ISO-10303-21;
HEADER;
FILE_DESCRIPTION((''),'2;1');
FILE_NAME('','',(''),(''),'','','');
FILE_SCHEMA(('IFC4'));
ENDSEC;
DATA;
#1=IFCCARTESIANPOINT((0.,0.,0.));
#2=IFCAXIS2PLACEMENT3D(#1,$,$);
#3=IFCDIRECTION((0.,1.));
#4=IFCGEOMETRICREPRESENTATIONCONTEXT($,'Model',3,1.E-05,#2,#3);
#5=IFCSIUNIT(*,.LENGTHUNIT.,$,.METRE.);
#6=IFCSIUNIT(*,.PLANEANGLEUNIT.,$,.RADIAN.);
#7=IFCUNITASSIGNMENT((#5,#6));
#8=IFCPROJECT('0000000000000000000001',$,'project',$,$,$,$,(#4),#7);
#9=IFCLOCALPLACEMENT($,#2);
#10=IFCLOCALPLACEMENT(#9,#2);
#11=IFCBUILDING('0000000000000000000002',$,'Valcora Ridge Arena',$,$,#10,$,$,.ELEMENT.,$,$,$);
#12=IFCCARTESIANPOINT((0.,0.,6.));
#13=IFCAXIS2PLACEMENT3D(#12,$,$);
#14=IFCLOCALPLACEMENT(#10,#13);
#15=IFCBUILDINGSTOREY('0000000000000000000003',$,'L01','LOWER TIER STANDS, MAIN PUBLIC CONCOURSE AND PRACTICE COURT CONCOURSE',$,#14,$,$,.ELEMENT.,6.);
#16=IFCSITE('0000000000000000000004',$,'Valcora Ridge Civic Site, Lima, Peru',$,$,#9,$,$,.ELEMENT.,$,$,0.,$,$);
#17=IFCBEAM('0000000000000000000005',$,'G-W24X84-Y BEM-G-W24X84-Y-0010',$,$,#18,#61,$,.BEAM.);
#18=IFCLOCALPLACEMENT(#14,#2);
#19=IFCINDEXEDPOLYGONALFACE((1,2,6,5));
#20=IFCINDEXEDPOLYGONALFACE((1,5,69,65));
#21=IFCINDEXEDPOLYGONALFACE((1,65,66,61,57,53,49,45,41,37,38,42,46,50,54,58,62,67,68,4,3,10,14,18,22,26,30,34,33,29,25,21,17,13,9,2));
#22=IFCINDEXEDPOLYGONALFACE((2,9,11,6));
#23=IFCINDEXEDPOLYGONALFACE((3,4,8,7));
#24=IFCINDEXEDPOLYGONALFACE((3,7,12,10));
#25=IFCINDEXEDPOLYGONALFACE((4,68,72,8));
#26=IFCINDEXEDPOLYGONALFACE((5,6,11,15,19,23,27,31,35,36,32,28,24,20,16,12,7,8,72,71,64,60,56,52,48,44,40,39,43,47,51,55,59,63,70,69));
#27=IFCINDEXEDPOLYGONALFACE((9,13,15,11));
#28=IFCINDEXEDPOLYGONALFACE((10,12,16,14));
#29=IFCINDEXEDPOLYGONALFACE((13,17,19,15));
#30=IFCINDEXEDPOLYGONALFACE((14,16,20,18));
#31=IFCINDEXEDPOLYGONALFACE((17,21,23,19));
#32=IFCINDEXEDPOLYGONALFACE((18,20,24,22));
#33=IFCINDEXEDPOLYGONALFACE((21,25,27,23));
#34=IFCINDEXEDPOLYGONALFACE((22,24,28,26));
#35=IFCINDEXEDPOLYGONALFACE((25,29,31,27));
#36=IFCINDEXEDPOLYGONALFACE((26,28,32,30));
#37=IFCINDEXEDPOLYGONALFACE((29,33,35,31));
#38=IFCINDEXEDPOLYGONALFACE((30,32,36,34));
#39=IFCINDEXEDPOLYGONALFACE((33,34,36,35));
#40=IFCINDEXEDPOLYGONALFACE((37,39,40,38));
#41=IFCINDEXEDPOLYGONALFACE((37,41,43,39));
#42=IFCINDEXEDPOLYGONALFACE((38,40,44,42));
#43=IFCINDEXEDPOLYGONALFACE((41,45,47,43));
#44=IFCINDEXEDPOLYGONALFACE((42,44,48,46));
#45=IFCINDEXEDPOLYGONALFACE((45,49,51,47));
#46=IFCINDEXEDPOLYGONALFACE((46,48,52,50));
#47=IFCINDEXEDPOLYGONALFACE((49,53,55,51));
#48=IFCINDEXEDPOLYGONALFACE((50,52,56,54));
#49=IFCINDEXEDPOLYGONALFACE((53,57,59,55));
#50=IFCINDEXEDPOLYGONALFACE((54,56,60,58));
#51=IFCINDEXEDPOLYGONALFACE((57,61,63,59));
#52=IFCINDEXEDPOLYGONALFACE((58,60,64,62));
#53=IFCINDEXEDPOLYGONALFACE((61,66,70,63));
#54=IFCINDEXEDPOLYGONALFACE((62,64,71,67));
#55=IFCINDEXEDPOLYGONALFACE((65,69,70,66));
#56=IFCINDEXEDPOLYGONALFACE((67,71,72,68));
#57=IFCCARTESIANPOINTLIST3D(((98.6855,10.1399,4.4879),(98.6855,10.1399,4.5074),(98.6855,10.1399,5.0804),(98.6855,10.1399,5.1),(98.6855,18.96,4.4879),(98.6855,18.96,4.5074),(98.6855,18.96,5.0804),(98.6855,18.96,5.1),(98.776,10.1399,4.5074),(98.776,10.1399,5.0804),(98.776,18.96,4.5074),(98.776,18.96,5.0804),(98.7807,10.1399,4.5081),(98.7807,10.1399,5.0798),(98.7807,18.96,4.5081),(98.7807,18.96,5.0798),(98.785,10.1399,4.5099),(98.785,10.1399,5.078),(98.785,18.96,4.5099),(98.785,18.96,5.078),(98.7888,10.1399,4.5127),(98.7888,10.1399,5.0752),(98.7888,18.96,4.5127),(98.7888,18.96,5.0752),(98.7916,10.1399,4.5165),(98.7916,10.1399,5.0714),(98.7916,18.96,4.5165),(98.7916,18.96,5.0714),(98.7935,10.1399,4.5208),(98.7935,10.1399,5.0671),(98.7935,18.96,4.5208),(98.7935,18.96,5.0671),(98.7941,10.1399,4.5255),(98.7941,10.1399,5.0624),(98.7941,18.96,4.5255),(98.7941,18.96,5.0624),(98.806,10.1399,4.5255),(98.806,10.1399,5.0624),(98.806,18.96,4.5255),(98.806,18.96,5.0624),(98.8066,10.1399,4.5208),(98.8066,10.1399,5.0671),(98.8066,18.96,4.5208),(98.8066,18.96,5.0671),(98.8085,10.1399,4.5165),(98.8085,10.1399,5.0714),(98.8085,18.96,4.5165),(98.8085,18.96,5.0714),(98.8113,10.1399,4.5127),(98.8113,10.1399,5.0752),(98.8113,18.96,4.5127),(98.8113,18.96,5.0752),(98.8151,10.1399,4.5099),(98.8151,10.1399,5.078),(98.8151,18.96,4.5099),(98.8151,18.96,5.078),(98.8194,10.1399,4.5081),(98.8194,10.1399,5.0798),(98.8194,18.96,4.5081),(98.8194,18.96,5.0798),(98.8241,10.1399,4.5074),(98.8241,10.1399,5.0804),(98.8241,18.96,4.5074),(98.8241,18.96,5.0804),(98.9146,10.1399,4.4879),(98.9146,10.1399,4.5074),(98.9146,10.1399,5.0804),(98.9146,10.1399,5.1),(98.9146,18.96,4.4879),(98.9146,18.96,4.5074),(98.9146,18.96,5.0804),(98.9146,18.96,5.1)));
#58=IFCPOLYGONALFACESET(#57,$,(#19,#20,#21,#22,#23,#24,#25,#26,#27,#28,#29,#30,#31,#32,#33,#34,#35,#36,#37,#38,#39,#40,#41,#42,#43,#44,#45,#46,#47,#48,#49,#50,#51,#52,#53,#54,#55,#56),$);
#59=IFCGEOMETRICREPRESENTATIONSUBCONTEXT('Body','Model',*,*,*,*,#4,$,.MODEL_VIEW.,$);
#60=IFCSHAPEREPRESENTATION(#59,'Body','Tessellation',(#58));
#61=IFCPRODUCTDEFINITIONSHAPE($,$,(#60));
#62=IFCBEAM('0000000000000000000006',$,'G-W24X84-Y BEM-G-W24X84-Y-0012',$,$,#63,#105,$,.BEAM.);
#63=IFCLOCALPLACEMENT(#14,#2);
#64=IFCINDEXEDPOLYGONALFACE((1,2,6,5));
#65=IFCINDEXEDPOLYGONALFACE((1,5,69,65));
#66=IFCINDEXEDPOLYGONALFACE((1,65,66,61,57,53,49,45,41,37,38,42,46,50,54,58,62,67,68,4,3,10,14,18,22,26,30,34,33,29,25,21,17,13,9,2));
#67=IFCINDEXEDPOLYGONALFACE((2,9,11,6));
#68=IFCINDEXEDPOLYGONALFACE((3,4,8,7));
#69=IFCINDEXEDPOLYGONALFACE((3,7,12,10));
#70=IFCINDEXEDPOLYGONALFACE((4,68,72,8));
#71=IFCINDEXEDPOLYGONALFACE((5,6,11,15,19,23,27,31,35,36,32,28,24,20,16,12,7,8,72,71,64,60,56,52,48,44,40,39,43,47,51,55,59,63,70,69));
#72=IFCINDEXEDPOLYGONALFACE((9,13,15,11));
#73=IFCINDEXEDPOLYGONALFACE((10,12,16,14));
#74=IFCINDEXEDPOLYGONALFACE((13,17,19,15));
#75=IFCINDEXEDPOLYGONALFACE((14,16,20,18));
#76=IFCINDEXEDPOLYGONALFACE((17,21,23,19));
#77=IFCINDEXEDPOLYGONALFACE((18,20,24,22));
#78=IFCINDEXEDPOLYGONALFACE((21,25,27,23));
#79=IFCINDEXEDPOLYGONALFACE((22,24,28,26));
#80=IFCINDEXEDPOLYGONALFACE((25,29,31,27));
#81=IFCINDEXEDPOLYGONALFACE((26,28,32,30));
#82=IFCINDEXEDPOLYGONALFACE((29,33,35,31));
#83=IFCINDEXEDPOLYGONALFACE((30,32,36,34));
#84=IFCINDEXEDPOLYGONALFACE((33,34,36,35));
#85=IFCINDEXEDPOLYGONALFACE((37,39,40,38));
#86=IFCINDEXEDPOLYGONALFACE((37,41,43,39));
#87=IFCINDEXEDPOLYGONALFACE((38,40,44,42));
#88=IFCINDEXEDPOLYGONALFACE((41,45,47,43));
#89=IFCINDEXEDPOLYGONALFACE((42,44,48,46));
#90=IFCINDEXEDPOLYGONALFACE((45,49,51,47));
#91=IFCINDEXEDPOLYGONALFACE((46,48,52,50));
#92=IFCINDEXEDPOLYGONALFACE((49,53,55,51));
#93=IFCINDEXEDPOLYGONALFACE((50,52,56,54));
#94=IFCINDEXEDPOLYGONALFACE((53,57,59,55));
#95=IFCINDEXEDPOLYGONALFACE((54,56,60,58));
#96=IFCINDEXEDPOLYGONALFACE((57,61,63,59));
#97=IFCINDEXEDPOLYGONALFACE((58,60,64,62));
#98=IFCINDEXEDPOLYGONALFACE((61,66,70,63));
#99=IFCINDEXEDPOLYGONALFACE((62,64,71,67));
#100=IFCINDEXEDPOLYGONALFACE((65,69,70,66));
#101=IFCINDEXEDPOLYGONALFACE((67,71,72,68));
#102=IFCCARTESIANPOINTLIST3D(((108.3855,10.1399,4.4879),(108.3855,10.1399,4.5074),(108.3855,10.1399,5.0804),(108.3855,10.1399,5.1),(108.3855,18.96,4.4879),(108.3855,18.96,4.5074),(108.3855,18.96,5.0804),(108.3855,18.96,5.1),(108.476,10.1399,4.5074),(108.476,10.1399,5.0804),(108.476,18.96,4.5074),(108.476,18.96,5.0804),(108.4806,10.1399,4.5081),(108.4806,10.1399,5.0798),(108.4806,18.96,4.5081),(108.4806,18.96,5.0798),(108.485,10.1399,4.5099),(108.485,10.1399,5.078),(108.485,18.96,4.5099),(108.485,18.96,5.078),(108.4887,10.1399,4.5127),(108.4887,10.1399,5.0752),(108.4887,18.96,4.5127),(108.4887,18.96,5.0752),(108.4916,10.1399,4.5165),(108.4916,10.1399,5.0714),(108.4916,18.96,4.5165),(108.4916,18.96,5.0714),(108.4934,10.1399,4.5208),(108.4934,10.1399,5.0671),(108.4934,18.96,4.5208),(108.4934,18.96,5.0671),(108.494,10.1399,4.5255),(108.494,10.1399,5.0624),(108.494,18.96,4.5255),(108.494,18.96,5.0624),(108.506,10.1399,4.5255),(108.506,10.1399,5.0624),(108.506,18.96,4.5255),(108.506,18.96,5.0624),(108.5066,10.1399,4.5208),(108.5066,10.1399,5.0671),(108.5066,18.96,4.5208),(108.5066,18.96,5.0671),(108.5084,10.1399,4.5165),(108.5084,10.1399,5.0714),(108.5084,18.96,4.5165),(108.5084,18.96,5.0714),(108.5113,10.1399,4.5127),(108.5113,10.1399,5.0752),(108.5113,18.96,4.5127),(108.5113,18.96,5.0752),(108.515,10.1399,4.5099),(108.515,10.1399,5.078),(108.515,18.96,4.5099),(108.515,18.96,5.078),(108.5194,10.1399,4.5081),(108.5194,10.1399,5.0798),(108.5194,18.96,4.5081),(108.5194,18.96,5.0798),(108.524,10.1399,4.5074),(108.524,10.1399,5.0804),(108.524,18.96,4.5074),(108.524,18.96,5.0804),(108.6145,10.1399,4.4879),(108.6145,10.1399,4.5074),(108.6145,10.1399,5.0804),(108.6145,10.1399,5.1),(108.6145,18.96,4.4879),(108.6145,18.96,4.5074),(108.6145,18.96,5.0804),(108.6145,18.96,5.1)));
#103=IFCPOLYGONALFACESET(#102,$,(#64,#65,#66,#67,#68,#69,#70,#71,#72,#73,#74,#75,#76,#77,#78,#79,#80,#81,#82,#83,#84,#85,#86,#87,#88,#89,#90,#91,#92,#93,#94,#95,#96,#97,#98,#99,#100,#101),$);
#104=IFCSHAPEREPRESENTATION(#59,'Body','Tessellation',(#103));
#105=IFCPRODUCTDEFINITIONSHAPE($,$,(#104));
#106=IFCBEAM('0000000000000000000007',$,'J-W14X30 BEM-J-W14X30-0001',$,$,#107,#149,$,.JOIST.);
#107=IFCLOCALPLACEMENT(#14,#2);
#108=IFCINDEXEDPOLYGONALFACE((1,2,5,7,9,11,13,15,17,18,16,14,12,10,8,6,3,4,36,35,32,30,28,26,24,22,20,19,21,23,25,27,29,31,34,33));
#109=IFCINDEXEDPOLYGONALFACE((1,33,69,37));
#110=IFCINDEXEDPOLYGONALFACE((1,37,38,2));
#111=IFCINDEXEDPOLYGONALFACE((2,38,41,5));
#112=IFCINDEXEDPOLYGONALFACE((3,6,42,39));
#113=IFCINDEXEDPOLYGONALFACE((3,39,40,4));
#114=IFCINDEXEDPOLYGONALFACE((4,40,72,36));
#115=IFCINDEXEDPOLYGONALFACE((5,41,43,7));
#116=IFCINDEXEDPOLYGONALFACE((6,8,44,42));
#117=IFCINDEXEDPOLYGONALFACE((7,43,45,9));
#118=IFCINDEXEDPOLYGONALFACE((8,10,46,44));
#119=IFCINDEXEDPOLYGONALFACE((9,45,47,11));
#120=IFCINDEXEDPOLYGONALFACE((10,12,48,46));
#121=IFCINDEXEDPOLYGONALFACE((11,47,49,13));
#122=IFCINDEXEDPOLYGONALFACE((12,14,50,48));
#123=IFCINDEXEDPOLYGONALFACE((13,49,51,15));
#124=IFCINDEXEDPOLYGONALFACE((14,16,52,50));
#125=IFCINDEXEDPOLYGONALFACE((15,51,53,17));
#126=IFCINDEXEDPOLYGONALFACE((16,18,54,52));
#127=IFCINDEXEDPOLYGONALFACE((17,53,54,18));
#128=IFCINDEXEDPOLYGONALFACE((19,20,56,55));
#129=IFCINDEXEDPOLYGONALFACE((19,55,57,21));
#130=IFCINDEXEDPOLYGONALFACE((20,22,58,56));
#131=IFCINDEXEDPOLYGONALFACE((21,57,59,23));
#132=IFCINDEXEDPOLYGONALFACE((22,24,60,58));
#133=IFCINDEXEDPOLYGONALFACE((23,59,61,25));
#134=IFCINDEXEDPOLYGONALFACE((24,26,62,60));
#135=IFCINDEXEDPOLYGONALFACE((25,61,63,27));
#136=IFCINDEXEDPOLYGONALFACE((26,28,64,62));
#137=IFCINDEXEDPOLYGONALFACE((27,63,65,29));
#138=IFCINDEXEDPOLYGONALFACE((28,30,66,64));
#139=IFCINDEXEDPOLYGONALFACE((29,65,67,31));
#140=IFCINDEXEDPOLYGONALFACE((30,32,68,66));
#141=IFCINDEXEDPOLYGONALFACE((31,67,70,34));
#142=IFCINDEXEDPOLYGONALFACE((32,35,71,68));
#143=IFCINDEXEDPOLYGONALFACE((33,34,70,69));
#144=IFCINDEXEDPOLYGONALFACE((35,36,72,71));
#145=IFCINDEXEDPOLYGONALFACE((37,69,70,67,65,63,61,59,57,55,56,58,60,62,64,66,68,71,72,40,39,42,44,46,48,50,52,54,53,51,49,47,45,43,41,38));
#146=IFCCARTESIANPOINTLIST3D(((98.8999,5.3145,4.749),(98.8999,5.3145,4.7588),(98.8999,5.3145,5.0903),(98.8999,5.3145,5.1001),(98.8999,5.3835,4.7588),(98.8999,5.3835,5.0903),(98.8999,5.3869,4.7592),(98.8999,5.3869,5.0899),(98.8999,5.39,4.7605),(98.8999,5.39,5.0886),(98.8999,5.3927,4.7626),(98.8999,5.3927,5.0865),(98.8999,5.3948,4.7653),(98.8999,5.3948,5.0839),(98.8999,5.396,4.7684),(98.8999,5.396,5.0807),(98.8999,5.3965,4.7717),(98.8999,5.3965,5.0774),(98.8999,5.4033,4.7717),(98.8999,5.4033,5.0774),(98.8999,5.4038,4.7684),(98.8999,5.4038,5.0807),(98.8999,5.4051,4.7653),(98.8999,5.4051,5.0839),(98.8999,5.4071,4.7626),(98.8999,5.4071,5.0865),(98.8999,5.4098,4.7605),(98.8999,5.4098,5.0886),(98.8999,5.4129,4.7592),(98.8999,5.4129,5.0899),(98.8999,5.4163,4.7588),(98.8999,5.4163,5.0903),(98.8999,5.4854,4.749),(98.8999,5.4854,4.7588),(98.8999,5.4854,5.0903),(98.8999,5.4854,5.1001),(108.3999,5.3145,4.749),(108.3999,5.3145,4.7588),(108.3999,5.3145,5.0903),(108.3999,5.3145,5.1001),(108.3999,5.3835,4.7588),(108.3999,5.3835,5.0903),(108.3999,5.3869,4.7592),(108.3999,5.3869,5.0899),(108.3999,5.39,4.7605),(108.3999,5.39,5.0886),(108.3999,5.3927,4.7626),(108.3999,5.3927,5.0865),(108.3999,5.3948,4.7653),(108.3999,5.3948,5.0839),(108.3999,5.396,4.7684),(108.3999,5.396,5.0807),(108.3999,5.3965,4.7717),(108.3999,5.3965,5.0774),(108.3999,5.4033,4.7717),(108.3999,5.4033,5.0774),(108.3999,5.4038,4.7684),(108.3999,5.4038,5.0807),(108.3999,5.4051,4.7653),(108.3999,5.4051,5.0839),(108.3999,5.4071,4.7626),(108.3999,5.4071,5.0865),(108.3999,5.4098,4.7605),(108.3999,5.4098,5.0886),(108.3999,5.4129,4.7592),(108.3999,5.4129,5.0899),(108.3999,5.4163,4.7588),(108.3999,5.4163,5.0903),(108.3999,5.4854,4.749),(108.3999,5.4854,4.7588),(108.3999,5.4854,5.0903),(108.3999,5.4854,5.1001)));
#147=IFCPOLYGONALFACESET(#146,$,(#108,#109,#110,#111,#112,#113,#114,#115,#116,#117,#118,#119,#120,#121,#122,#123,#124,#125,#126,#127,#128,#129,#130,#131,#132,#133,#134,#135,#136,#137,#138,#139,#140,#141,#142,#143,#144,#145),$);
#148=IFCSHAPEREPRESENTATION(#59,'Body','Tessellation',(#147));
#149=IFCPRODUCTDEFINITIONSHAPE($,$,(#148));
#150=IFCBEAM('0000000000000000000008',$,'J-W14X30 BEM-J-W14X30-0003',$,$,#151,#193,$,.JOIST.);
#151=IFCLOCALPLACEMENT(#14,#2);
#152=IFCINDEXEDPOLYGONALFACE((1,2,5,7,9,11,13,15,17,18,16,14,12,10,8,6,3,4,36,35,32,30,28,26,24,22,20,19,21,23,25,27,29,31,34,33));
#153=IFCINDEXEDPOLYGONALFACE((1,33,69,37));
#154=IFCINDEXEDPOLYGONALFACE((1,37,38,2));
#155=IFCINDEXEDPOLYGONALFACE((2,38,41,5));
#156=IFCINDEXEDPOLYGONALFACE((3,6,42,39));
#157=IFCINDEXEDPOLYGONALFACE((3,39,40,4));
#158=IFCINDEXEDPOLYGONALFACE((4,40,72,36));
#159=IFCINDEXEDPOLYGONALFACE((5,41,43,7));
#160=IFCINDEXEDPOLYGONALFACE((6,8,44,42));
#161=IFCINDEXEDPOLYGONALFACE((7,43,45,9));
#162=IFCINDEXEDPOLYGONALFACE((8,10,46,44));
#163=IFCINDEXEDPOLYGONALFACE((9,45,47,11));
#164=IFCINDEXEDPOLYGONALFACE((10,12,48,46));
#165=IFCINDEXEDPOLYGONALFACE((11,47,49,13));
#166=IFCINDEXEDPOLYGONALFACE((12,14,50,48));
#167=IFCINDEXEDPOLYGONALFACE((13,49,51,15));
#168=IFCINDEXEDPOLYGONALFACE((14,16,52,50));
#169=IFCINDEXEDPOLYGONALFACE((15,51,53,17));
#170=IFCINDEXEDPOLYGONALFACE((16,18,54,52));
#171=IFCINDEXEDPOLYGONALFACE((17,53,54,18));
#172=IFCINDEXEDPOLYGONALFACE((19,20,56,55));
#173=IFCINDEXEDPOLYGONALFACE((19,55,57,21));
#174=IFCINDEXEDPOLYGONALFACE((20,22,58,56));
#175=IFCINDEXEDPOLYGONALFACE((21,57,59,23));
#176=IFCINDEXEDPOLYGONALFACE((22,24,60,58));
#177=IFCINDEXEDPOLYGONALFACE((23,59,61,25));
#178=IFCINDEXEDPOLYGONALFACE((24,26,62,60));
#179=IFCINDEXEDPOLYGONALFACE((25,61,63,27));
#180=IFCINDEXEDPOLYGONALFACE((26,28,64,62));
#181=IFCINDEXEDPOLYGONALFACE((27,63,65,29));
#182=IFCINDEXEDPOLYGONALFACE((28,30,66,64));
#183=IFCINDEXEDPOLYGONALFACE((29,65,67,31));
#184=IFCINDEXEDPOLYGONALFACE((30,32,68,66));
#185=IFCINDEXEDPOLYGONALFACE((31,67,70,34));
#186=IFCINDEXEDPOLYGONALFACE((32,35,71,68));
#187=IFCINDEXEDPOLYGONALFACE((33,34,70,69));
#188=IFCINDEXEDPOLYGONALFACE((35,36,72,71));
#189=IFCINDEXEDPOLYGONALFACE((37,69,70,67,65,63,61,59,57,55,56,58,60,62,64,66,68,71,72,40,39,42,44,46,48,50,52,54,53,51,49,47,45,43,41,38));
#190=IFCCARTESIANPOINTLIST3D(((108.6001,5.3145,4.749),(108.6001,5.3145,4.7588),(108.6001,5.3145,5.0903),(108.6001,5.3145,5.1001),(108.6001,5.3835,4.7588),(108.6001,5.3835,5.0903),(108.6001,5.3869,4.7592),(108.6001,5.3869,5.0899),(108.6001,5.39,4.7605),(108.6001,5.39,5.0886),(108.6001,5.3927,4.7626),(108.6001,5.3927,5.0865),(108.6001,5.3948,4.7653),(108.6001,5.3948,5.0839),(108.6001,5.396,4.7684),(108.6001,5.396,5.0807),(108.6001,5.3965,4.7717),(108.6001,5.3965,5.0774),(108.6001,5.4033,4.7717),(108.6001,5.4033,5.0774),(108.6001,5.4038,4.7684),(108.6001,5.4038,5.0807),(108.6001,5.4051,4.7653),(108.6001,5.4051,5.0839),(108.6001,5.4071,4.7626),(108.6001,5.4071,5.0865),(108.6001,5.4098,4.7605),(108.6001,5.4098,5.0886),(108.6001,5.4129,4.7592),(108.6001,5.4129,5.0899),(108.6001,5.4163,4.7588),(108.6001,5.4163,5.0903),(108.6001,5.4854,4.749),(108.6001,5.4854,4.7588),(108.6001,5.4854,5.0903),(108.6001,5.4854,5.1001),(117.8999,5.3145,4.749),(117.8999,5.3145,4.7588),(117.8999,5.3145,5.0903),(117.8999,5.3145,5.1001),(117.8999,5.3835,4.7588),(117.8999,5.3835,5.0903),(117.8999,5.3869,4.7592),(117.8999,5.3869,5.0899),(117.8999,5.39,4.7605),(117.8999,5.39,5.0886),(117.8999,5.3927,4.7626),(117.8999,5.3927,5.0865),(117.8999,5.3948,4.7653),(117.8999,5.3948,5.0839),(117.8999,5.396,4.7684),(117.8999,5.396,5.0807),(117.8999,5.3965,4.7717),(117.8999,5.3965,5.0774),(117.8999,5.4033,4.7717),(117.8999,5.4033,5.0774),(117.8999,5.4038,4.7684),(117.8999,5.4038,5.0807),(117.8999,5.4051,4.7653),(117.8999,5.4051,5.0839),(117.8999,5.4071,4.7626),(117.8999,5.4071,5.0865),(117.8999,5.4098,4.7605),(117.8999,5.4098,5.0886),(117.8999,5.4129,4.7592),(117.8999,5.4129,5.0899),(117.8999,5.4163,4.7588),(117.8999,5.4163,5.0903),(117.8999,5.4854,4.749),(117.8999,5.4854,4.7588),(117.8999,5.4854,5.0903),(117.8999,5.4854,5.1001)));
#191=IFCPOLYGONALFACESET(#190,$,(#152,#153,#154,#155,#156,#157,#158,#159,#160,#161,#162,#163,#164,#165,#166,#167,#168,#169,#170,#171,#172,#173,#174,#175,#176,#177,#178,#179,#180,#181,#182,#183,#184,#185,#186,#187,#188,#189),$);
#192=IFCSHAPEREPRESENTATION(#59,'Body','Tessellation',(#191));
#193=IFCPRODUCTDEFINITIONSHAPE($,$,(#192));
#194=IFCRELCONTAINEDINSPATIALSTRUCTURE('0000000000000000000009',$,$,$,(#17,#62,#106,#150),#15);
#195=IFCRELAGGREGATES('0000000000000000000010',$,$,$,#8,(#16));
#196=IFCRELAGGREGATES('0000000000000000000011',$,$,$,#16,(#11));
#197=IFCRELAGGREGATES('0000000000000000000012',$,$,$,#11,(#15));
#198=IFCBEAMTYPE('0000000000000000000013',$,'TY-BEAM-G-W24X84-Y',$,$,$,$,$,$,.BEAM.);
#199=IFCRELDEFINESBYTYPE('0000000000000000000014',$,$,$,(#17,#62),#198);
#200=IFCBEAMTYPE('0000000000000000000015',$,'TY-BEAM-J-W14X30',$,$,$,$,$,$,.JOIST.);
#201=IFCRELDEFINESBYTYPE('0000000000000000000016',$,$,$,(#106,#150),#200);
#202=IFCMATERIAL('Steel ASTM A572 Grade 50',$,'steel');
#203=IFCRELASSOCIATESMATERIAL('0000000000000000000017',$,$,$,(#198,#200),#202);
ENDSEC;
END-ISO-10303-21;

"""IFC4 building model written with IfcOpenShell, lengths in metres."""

from ifc_helpers import new_model, si_unit, direction, frame, origin, origin_2d, place, context, subcontext, project, spatial, i_section, extrude, material, material_profile, profile_set, type_object, element, save


model = new_model("IFC4")

# Units and contexts
model_context = context("Model", 3, precision=1e-05, world=origin(), true_north=direction((0.0, 1.0)))
body_context = subcontext(model_context, "Body", "Model", "MODEL_VIEW")
ifc_project = project(units=[si_unit("LENGTHUNIT", "METRE"), si_unit("PLANEANGLEUNIT", "RADIAN")], contexts=[model_context])

# Site, building, storey
site_placement = place(None, origin())
site = spatial("IfcSite", under=ifc_project, at=site_placement, Name="Valcora Ridge Civic Site, Lima, Peru", CompositionType="ELEMENT", RefElevation=0.0)
building_placement = place(site_placement, origin())
building = spatial("IfcBuilding", under=site, at=building_placement, Name="Valcora Ridge Arena", CompositionType="ELEMENT")
storey_placement = place(building_placement, frame((0.0, 0.0, 6.0)))
storey = spatial("IfcBuildingStorey", under=building, at=storey_placement, Name="L01", Description="LOWER TIER STANDS, MAIN PUBLIC CONCOURSE AND PRACTICE COURT CONCOURSE", CompositionType="ELEMENT", Elevation=6.0)

# Shared definitions
ifc_material_1 = material(Name="Steel ASTM A572 Grade 50", Category="steel")

# Beams
ifc_material_profile_1 = material_profile(ifc_material_1, i_section(OverallWidth=0.229, OverallDepth=0.6121, WebThickness=0.012, FlangeThickness=0.0195, FilletRadius=0.0181, at=origin_2d()), Name="W24X84")
ifc_profile_set_1 = profile_set([ifc_material_profile_1], Name="Steel ASTM A572 Grade 50")
beam_type_1 = type_object("IfcBeamType", Name="TY-BEAM-G-W24X84-Y", PredefinedType="BEAM", material=ifc_profile_set_1)
for number, where, z_axis, x_axis, name in (
    (1, (98.8, 10.1399, 4.7939), (0.0, 1.0, 0.0), (-1.0, 0.0, 0.0), "G-W24X84-Y BEM-G-W24X84-Y-0010"),
    (2, (108.5, 10.1399, 4.7939), (0.0, 1.0, 0.0), (-1.0, 0.0, 0.0), "G-W24X84-Y BEM-G-W24X84-Y-0012"),
):
    element("IfcBeam", number, at=place(storey_placement, frame(where, z_axis=z_axis, x_axis=x_axis)), inside=storey, type_object=beam_type_1, Name=name, PredefinedType="BEAM", context=body_context, shape_type="SweptSolid", body=[
        extrude(i_section(OverallWidth=0.229, OverallDepth=0.6121, WebThickness=0.012, FlangeThickness=0.0195, FilletRadius=0.0181, at=origin_2d()), origin(), (0.0, 0.0, 1.0), 8.8201),
    ])
ifc_material_profile_2 = material_profile(ifc_material_1, i_section(OverallWidth=0.1709, OverallDepth=0.3511, WebThickness=0.0068, FlangeThickness=0.0098, FilletRadius=0.0129, at=origin_2d()), Name="W14X30")
ifc_profile_set_2 = profile_set([ifc_material_profile_2], Name="Steel ASTM A572 Grade 50")
beam_type_2 = type_object("IfcBeamType", Name="TY-BEAM-J-W14X30", PredefinedType="JOIST", material=ifc_profile_set_2)
beam_1_placement = place(storey_placement, frame((98.8999, 5.3999, 4.9246), z_axis=(1.0, 0.0, 0.0), x_axis=(0.0, 1.0, 0.0)))
element("IfcBeam", 3, at=beam_1_placement, inside=storey, type_object=beam_type_2, Name="J-W14X30 BEM-J-W14X30-0001", PredefinedType="JOIST", context=body_context, shape_type="SweptSolid", body=[
    extrude(i_section(OverallWidth=0.1709, OverallDepth=0.3511, WebThickness=0.0068, FlangeThickness=0.0098, FilletRadius=0.0129, at=origin_2d()), origin(), (0.0, 0.0, 1.0), 9.5),
])
beam_2_placement = place(storey_placement, frame((108.6001, 5.3999, 4.9246), z_axis=(1.0, 0.0, 0.0), x_axis=(0.0, 1.0, 0.0)))
element("IfcBeam", 4, at=beam_2_placement, inside=storey, type_object=beam_type_2, Name="J-W14X30 BEM-J-W14X30-0003", PredefinedType="JOIST", context=body_context, shape_type="SweptSolid", body=[
    extrude(i_section(OverallWidth=0.1709, OverallDepth=0.3511, WebThickness=0.0068, FlangeThickness=0.0098, FilletRadius=0.0129, at=origin_2d()), origin(), (0.0, 0.0, 1.0), 9.2998),
])

save(model, "model.ifc")
